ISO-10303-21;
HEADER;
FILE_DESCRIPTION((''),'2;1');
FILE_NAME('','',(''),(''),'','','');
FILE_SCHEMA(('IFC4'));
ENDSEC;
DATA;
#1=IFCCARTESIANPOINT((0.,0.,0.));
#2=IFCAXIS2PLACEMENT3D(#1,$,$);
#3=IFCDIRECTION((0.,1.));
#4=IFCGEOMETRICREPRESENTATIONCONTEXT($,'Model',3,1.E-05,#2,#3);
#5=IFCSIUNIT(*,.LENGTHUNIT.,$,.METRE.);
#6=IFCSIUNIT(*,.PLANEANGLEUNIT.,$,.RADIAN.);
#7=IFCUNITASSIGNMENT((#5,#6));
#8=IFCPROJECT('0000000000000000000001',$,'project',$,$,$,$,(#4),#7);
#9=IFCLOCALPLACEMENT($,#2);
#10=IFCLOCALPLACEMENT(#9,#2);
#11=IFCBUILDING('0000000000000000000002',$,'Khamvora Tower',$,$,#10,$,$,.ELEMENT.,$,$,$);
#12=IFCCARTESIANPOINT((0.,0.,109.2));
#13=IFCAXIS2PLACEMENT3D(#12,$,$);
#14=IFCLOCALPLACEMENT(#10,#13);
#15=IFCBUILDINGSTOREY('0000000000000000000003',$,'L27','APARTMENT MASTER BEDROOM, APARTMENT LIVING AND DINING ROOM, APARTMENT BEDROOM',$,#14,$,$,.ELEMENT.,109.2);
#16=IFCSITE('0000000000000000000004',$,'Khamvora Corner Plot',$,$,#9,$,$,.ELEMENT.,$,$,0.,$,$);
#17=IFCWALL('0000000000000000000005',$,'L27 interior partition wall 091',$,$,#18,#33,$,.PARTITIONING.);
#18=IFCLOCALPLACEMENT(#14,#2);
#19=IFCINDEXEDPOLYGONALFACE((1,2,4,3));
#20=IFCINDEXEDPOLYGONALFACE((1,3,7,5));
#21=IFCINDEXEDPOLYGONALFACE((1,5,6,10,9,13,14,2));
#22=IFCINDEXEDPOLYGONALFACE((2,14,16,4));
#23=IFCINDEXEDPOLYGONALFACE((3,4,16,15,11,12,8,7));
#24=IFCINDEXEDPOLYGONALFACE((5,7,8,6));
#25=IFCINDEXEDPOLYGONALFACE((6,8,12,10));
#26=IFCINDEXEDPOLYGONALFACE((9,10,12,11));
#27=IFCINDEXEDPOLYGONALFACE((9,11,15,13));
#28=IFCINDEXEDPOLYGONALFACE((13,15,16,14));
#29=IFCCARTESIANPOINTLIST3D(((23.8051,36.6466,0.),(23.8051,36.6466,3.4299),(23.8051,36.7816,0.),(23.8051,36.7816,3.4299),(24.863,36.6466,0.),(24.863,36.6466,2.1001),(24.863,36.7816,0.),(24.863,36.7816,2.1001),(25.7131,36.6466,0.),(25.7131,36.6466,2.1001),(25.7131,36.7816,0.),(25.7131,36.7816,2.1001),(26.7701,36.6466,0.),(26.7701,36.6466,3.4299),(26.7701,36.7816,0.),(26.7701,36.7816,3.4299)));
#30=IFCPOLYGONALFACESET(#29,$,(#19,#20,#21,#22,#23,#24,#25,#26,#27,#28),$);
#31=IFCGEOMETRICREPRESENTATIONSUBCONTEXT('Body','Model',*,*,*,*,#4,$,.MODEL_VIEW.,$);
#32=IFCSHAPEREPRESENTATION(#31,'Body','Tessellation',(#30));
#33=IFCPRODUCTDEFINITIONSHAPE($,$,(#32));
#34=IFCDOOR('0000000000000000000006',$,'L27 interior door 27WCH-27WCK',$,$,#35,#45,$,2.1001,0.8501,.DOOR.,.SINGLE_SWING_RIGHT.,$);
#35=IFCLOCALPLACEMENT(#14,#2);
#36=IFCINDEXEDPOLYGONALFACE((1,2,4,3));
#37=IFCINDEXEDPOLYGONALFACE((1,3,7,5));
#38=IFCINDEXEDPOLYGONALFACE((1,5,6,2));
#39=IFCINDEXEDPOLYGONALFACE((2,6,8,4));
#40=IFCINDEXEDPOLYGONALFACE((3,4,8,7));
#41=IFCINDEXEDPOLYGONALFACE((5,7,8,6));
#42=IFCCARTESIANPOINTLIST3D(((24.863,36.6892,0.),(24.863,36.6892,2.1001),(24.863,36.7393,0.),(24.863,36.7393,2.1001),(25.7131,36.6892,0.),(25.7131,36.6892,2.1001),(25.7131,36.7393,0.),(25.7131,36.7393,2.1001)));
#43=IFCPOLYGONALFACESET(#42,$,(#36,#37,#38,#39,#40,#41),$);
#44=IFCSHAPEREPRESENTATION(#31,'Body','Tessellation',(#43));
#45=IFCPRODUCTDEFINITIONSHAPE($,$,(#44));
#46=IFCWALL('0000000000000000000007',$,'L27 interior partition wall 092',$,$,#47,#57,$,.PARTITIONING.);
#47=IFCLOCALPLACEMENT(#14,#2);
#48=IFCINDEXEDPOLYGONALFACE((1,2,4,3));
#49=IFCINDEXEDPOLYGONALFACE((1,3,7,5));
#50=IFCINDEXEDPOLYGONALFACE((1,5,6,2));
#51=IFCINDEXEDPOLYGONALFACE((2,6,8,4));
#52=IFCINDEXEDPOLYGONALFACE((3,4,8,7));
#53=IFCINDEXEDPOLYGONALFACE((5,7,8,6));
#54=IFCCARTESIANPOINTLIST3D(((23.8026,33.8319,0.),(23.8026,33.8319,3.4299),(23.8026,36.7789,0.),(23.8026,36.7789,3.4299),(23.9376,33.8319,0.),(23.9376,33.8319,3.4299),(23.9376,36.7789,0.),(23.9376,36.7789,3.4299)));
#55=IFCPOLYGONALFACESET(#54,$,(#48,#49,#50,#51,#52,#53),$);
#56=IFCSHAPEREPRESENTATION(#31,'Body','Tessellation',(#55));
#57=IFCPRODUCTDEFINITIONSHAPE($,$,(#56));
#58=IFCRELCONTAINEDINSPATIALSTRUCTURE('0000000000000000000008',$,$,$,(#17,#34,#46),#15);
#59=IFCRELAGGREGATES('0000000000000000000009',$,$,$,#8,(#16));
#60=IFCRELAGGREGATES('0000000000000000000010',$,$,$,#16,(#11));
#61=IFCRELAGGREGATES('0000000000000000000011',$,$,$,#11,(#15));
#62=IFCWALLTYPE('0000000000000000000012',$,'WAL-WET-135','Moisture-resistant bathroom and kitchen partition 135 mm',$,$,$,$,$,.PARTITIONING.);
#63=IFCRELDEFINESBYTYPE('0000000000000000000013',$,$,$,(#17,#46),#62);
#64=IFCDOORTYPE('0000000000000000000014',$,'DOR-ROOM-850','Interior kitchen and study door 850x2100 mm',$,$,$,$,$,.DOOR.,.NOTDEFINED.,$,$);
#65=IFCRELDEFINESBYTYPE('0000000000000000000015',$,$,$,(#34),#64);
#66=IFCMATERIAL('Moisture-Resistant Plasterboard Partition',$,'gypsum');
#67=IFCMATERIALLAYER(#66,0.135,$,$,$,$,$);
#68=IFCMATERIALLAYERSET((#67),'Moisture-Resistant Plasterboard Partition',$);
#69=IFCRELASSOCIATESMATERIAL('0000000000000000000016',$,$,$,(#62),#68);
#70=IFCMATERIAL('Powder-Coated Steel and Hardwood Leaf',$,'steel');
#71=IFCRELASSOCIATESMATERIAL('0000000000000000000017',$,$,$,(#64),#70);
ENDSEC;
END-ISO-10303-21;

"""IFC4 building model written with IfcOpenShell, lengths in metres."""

from ifc_helpers import new_model, si_unit, direction, frame, frame_2d, origin, place, context, subcontext, project, spatial, rectangle, extrude, material, layer, layer_set, type_object, element, fill, save


model = new_model("IFC4")

# Units and contexts
model_context = context("Model", 3, precision=1e-05, world=origin(), true_north=direction((0.0, 1.0)))
body_context = subcontext(model_context, "Body", "Model", "MODEL_VIEW")
ifc_project = project(units=[si_unit("LENGTHUNIT", "METRE"), si_unit("PLANEANGLEUNIT", "RADIAN")], contexts=[model_context])

# Site, building, storey
site_placement = place(None, origin())
site = spatial("IfcSite", under=ifc_project, at=site_placement, Name="Khamvora Corner Plot", CompositionType="ELEMENT", RefElevation=0.0)
building_placement = place(site_placement, origin())
building = spatial("IfcBuilding", under=site, at=building_placement, Name="Khamvora Tower", CompositionType="ELEMENT")
storey_placement = place(building_placement, frame((0.0, 0.0, 109.2)))
storey = spatial("IfcBuildingStorey", under=building, at=storey_placement, Name="L27", Description="APARTMENT MASTER BEDROOM, APARTMENT LIVING AND DINING ROOM, APARTMENT BEDROOM", CompositionType="ELEMENT", Elevation=109.2)

# Shared definitions
ifc_material_1 = material(Name="Powder-Coated Steel and Hardwood Leaf", Category="steel")

# Wall, opening, door
ifc_material_2 = material(Name="Moisture-Resistant Plasterboard Partition", Category="gypsum")
ifc_layer_1 = layer(ifc_material_2, 0.135)
ifc_layer_set_1 = layer_set([ifc_layer_1], Name="Moisture-Resistant Plasterboard Partition")
wall_type_1 = type_object("IfcWallType", Name="WAL-WET-135", Description="Moisture-resistant bathroom and kitchen partition 135 mm", PredefinedType="PARTITIONING", material=ifc_layer_set_1)
wall_1_placement = place(storey_placement, frame((26.77, 36.7141, 0.0), z_axis=(0.0, 0.0, 1.0), x_axis=(-1.0, 0.0, 0.0)))
wall_1 = element("IfcWall", 1, at=wall_1_placement, inside=storey, type_object=wall_type_1, Name="L27 interior partition wall 091", PredefinedType="PARTITIONING", context=body_context, shape_type="SweptSolid", body=[
    extrude(rectangle(XDim=2.9651, YDim=0.135, at=frame_2d((1.4824, 0.0))), origin(), (0.0, 0.0, 1.0), 3.4299),
])
opening_1_placement = place(wall_1_placement, frame((1.0569, 0.0, 0.0)))
opening_1 = element("IfcOpeningElement", 2, at=opening_1_placement, cuts=wall_1, PredefinedType="OPENING", context=body_context, shape_type="SweptSolid", body=[
    extrude(rectangle(XDim=0.8501, YDim=2.1001, at=frame_2d((0.425, 1.05))), frame((0.0, 0.0774, 0.0), z_axis=(0.0, -1.0, 0.0), x_axis=(1.0, 0.0, 0.0)), (0.0, 0.0, 1.0), 0.155),
])
door_type_1 = type_object("IfcDoorType", Name="DOR-ROOM-850", Description="Interior kitchen and study door 850x2100 mm", OperationType="NOTDEFINED", PredefinedType="DOOR", material=ifc_material_1)
door_1_placement = place(opening_1_placement, origin())
door_1 = element("IfcDoor", 3, at=door_1_placement, inside=storey, type_object=door_type_1, Name="L27 interior door 27WCH-27WCK", OperationType="SINGLE_SWING_RIGHT", OverallHeight=2.1001, OverallWidth=0.8501, PredefinedType="DOOR", context=body_context, shape_type="SweptSolid", body=[
    extrude(rectangle(XDim=0.8501, YDim=2.1001, at=frame_2d((0.425, 1.05))), frame((0.0, 0.0249, 0.0), z_axis=(0.0, -1.0, 0.0), x_axis=(1.0, 0.0, 0.0)), (0.0, 0.0, 1.0), 0.05),
])
fill(opening_1, door_1)

# Wall
wall_2_placement = place(storey_placement, frame((23.8701, 36.7791, 0.0), z_axis=(0.0, 0.0, 1.0), x_axis=(0.0, -1.0, 0.0)))
element("IfcWall", 4, at=wall_2_placement, inside=storey, type_object=wall_type_1, Name="L27 interior partition wall 092", PredefinedType="PARTITIONING", context=body_context, shape_type="SweptSolid", body=[
    extrude(rectangle(XDim=2.947, YDim=0.135, at=frame_2d((1.4736, 0.0))), origin(), (0.0, 0.0, 1.0), 3.4299),
])

save(model, "model.ifc")
